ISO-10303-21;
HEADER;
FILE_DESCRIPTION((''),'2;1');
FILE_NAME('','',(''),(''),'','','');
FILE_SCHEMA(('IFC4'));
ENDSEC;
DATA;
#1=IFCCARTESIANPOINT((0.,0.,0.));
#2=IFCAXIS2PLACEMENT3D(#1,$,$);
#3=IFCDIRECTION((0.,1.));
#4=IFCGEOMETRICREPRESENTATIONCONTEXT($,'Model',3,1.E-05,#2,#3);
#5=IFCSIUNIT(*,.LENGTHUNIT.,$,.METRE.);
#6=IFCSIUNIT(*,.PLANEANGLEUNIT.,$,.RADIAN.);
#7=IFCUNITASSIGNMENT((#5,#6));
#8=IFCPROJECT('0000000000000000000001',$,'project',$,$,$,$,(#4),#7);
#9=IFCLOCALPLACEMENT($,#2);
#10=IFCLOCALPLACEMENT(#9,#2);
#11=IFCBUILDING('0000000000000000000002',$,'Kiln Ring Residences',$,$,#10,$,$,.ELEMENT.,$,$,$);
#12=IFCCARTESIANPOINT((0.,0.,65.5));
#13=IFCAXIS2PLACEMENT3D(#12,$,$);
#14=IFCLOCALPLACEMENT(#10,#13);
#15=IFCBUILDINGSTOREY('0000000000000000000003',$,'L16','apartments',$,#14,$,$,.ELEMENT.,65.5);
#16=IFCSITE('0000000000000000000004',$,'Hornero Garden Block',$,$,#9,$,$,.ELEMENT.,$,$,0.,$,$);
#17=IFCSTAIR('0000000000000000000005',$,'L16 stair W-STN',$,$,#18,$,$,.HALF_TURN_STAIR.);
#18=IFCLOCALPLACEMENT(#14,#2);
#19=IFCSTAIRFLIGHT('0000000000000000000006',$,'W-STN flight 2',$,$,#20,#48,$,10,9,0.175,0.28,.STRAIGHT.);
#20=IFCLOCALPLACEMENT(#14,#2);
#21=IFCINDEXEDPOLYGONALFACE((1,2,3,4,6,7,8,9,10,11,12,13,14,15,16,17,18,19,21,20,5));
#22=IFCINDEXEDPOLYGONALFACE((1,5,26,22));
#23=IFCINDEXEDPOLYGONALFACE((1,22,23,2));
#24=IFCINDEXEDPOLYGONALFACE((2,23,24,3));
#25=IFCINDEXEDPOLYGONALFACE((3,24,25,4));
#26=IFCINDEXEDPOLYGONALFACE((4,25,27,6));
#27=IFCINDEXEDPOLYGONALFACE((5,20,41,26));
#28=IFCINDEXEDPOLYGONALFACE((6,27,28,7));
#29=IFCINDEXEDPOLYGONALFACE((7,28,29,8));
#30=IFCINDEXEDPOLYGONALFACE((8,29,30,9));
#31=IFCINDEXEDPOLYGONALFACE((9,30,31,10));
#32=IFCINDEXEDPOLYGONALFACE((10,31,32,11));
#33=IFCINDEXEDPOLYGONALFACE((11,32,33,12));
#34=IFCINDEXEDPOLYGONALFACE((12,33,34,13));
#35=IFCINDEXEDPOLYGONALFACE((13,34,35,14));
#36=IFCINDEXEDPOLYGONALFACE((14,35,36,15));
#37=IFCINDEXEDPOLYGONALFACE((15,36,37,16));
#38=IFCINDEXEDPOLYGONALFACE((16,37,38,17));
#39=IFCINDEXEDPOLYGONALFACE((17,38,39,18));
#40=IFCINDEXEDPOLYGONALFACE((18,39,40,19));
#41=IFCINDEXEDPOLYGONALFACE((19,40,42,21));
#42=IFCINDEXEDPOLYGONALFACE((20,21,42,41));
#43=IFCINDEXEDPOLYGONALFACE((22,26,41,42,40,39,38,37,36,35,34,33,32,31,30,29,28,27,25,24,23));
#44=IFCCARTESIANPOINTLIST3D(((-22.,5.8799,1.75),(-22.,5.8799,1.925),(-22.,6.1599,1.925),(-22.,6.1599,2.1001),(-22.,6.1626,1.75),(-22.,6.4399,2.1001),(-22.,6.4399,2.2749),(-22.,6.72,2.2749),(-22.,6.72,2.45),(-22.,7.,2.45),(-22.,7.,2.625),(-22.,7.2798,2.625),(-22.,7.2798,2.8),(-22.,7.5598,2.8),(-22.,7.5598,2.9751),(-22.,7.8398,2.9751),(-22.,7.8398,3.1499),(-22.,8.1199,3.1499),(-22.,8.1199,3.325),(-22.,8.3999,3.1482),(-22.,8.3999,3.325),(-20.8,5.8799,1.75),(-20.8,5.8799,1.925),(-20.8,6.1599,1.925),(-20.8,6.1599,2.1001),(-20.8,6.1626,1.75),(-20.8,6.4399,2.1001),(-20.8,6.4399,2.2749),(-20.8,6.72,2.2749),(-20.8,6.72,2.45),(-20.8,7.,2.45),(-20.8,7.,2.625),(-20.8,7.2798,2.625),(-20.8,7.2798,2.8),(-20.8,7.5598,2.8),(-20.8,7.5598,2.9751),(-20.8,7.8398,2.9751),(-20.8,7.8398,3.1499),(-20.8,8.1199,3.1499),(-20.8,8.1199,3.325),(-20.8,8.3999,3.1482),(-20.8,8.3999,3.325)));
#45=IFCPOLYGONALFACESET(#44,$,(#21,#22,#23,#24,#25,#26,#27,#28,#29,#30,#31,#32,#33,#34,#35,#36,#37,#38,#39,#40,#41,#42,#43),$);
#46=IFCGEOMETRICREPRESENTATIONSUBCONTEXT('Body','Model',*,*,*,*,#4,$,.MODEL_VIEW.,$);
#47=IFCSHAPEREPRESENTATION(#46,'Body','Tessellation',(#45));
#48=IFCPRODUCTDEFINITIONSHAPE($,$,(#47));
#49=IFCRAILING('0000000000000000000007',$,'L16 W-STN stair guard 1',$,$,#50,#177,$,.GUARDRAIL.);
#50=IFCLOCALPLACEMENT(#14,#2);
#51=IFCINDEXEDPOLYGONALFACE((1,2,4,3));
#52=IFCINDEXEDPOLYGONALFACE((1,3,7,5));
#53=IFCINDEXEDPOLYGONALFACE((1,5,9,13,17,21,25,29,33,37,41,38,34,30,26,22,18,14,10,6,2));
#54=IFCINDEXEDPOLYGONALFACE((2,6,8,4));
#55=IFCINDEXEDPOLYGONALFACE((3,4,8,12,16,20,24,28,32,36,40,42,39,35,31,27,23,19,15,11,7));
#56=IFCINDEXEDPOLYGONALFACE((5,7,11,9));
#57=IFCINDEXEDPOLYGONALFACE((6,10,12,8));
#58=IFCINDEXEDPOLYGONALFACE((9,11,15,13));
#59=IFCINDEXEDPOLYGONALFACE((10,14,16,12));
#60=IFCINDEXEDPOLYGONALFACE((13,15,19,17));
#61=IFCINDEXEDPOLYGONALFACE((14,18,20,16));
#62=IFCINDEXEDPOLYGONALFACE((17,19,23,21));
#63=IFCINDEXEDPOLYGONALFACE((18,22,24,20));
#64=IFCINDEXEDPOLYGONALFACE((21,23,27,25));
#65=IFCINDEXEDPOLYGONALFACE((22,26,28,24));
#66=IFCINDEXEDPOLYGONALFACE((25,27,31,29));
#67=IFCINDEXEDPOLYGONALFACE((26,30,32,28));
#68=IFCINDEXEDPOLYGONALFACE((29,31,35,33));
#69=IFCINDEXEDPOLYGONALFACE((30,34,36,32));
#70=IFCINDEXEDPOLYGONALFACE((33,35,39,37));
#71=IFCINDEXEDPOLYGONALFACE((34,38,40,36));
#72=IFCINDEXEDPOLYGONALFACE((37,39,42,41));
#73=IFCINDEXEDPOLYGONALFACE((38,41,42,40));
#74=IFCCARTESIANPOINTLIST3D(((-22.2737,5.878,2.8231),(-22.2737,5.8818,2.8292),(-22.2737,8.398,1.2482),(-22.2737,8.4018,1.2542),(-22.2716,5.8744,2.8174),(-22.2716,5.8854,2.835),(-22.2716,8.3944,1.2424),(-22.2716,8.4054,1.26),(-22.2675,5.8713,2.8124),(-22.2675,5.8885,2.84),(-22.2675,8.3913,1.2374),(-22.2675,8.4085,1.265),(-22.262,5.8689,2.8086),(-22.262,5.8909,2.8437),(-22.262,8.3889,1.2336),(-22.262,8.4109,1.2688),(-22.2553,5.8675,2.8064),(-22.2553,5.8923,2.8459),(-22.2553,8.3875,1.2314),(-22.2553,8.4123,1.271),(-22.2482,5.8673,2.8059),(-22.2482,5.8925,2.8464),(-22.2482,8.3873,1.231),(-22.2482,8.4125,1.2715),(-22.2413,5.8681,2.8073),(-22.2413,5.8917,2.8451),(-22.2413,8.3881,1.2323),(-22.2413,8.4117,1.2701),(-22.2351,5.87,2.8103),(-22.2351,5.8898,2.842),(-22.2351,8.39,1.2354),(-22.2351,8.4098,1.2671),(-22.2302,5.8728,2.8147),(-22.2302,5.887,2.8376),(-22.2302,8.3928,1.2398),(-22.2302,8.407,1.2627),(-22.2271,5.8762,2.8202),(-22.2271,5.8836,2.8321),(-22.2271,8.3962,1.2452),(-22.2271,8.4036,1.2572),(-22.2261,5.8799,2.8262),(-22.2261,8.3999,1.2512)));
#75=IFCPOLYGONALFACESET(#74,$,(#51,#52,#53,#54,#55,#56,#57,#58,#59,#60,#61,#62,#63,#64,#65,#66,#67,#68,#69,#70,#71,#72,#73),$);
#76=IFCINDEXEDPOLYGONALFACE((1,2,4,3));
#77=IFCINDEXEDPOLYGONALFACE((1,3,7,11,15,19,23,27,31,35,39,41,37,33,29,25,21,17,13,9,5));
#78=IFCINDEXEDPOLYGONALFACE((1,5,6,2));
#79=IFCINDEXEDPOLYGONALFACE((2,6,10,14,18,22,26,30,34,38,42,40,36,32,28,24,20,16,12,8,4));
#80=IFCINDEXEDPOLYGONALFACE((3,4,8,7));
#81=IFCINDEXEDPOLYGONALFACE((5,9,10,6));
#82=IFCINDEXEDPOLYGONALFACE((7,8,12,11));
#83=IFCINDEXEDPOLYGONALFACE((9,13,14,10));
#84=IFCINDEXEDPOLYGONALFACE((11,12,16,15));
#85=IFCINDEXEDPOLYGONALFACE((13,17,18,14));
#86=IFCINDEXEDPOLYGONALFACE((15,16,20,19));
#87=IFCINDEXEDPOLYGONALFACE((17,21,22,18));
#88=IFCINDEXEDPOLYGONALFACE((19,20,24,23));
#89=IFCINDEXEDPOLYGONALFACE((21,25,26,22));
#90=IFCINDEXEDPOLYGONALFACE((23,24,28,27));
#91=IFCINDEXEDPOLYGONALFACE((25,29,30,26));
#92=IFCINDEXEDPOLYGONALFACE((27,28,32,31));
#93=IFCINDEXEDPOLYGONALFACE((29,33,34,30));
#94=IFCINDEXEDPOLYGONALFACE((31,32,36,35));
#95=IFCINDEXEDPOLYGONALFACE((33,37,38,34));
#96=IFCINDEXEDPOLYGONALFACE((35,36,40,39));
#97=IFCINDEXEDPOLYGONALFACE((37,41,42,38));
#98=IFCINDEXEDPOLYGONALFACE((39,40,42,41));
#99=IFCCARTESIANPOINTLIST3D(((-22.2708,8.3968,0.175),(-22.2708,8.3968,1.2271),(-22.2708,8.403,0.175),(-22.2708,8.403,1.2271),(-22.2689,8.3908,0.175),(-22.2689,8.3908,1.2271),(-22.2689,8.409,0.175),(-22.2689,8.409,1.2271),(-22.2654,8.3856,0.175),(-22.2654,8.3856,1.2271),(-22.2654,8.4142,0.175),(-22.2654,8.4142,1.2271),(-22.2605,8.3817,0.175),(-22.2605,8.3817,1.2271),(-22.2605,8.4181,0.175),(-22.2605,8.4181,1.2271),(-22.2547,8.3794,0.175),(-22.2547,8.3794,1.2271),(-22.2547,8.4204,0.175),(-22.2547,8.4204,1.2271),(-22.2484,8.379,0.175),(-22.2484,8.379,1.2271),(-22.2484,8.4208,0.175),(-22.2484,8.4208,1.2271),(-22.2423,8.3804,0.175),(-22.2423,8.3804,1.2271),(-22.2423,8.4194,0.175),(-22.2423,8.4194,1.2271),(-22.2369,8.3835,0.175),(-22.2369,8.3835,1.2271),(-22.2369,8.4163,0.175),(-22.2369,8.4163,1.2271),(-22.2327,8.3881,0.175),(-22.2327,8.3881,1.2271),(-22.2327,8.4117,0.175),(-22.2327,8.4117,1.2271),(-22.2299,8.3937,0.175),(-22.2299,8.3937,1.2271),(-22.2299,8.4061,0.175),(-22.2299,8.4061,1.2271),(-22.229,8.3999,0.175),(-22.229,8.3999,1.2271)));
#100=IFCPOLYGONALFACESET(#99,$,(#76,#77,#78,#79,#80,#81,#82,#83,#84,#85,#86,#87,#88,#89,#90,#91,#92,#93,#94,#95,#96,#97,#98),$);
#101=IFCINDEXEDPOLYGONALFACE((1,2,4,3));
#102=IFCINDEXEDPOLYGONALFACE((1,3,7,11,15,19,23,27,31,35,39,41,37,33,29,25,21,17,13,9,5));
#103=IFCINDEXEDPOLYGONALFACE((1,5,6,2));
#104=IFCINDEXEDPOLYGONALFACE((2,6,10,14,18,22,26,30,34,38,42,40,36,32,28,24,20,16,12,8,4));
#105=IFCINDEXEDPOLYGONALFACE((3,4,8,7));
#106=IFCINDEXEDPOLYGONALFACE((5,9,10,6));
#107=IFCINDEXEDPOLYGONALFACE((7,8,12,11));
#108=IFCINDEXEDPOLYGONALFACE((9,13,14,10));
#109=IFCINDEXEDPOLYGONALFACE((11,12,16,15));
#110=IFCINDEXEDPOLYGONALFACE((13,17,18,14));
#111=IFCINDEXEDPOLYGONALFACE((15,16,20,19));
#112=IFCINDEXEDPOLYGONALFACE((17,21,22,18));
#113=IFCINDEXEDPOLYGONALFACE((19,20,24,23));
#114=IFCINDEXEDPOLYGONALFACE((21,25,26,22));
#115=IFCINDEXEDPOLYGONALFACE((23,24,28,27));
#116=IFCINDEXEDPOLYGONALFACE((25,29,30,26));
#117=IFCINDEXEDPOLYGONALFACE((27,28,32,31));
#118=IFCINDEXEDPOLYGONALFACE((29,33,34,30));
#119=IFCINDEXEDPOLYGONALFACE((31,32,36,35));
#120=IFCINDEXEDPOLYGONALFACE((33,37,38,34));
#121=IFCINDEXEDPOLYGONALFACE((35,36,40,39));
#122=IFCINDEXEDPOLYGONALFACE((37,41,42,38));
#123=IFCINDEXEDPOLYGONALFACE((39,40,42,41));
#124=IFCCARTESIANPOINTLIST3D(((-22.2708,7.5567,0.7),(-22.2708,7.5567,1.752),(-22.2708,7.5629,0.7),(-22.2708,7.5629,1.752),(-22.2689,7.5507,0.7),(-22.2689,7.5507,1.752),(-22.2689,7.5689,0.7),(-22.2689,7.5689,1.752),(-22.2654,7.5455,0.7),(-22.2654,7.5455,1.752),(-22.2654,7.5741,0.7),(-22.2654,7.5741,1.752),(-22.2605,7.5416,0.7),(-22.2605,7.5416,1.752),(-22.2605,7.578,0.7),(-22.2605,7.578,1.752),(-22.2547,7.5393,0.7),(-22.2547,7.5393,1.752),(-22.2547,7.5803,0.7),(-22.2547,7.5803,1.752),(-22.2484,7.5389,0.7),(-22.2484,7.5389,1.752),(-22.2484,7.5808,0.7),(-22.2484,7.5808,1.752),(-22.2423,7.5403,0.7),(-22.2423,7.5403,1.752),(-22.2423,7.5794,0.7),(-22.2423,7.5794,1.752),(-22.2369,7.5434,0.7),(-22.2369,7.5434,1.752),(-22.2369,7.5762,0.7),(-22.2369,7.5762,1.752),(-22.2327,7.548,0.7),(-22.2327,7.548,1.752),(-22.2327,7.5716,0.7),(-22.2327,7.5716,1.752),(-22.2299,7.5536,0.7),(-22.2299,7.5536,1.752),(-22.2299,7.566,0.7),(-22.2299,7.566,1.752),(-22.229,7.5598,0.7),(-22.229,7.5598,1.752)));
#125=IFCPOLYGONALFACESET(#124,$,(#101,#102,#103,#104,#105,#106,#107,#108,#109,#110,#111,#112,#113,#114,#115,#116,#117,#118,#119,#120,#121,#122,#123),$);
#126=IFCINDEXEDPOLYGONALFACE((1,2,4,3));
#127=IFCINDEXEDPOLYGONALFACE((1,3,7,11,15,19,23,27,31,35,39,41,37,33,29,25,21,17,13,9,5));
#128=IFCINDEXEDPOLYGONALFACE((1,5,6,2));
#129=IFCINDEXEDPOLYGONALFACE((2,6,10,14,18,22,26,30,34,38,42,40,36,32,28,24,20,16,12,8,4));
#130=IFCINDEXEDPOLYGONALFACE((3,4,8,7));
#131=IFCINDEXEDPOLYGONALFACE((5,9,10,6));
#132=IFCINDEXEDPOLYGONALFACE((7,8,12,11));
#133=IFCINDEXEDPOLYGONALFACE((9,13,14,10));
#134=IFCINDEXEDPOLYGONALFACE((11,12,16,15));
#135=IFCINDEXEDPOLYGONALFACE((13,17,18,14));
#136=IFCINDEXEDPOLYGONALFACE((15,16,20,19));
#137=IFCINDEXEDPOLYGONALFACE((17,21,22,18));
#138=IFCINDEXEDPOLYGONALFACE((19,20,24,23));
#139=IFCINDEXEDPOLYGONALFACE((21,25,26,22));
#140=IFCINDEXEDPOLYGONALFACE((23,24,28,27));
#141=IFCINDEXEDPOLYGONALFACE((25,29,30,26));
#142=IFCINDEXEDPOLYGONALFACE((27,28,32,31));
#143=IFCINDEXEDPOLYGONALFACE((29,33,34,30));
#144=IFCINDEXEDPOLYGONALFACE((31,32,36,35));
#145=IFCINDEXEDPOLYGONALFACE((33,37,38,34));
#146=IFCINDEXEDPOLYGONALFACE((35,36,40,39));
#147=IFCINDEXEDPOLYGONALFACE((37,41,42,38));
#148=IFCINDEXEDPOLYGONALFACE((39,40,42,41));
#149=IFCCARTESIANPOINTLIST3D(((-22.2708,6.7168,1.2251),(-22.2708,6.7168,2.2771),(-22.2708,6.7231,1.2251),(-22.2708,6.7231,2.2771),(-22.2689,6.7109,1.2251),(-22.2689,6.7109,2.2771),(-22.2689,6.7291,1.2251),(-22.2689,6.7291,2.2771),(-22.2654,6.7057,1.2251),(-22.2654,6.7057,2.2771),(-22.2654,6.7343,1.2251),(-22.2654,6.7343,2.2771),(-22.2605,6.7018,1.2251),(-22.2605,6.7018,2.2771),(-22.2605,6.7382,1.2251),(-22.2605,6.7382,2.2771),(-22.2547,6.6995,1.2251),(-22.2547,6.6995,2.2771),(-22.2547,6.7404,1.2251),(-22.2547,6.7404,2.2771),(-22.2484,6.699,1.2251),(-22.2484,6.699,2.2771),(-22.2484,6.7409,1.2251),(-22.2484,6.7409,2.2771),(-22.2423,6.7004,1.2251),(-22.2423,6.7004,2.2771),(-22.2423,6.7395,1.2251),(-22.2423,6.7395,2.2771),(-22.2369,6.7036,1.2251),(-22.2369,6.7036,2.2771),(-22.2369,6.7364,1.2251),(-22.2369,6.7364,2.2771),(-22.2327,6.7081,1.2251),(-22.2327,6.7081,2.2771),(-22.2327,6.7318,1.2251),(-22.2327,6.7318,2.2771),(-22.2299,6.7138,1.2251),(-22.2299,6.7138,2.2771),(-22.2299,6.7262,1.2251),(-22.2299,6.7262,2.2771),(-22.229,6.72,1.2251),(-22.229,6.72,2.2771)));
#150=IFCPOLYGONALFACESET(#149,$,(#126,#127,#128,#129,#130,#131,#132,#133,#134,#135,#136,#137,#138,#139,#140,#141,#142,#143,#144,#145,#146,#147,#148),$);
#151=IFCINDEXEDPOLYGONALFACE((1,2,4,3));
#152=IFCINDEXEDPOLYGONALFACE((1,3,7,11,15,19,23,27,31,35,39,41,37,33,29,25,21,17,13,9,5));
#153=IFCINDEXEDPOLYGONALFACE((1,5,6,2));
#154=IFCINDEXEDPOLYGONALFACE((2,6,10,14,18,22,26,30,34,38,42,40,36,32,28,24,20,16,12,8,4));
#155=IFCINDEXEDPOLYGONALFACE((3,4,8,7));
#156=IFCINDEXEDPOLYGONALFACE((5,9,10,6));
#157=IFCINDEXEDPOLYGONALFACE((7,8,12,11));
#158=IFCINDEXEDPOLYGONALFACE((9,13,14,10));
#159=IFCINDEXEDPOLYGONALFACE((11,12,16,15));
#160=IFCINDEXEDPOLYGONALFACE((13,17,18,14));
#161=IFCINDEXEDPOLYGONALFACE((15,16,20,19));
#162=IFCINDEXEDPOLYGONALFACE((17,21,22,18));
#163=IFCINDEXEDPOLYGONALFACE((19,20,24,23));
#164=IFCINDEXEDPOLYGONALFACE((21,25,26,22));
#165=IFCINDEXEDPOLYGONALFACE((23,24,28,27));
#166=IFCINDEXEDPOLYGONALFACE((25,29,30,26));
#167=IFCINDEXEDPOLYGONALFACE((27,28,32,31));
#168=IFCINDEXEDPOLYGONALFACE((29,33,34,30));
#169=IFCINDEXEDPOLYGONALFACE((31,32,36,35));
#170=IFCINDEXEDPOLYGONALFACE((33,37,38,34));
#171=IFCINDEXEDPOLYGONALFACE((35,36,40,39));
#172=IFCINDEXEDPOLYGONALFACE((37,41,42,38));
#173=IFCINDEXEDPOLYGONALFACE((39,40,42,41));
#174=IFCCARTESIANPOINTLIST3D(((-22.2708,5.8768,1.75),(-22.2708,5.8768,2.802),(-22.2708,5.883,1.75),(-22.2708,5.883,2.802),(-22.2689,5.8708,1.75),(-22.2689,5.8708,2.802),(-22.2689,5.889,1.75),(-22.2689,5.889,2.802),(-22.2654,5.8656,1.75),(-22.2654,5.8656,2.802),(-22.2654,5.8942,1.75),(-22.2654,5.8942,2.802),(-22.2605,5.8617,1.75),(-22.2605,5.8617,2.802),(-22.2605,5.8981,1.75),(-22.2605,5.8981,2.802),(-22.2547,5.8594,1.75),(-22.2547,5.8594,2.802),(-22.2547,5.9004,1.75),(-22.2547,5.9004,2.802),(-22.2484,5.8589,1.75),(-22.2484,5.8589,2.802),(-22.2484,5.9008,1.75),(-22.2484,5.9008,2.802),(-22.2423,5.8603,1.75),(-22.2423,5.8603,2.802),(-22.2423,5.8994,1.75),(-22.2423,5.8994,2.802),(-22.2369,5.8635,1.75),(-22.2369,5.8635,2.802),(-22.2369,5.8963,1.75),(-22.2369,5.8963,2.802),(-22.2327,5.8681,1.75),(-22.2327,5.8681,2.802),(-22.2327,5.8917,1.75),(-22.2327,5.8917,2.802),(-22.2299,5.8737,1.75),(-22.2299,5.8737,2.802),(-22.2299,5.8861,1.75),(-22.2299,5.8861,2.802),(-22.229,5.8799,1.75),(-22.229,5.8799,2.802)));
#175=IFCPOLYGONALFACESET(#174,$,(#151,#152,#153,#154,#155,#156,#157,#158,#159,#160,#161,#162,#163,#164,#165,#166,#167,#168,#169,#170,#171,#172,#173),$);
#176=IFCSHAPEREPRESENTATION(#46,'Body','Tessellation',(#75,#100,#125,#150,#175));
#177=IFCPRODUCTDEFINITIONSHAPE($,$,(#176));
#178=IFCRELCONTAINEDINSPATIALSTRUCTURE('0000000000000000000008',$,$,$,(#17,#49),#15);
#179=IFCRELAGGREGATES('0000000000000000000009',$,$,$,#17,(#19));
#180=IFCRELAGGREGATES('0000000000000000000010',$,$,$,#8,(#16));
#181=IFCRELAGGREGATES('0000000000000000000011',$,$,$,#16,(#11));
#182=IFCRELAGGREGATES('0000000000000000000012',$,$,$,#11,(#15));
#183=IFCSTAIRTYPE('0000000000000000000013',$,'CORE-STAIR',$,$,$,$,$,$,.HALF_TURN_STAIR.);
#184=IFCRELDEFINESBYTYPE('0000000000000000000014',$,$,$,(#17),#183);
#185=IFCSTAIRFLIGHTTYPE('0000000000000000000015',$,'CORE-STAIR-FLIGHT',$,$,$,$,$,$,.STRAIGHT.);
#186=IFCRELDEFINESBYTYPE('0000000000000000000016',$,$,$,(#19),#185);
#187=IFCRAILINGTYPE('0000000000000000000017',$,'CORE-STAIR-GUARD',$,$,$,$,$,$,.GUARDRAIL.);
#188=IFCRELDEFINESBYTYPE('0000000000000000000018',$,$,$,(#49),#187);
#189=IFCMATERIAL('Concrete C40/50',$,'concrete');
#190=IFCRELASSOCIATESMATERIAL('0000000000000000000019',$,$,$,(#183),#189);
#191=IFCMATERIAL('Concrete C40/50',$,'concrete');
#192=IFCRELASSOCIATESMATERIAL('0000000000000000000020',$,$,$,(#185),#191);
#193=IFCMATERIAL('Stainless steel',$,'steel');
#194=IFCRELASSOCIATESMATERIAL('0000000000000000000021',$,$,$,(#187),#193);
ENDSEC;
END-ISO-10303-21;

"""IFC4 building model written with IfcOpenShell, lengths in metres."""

from ifc_helpers import new_model, si_unit, direction, frame, origin, origin_2d, place, context, subcontext, project, spatial, polyline, circle, outline, extrude, material, type_object, element, aggregate, save


model = new_model("IFC4")

# Units and contexts
model_context = context("Model", 3, precision=1e-05, world=origin(), true_north=direction((0.0, 1.0)))
body_context = subcontext(model_context, "Body", "Model", "MODEL_VIEW")
ifc_project = project(units=[si_unit("LENGTHUNIT", "METRE"), si_unit("PLANEANGLEUNIT", "RADIAN")], contexts=[model_context])

# Site, building, storey
site_placement = place(None, origin())
site = spatial("IfcSite", under=ifc_project, at=site_placement, Name="Hornero Garden Block", CompositionType="ELEMENT", RefElevation=0.0)
building_placement = place(site_placement, origin())
building = spatial("IfcBuilding", under=site, at=building_placement, Name="Kiln Ring Residences", CompositionType="ELEMENT")
storey_placement = place(building_placement, frame((0.0, 0.0, 65.5)))
storey = spatial("IfcBuildingStorey", under=building, at=storey_placement, Name="L16", Description="apartments", CompositionType="ELEMENT", Elevation=65.5)

# Stair, stair flight
ifc_material_1 = material(Name="Concrete C40/50", Category="concrete")
stair_type = type_object("IfcStairType", Name="CORE-STAIR", PredefinedType="HALF_TURN_STAIR", material=ifc_material_1)
stair_placement = place(storey_placement, origin())
stair = element("IfcStair", 1, at=stair_placement, inside=storey, type_object=stair_type, Name="L16 stair W-STN", PredefinedType="HALF_TURN_STAIR")
ifc_material_2 = material(Name="Concrete C40/50", Category="concrete")
stair_flight_type = type_object("IfcStairFlightType", Name="CORE-STAIR-FLIGHT", PredefinedType="STRAIGHT", material=ifc_material_2)
stair_flight_1_placement = place(storey_placement, frame((-21.3999, 5.8799, 1.75), z_axis=(0.0, 0.0, 1.0), x_axis=(0.0, 1.0, 0.0)))
stair_flight_1 = element("IfcStairFlight", 2, at=stair_flight_1_placement, type_object=stair_flight_type, Name="W-STN flight 2", NumberOfRisers=10, NumberOfTreads=9, PredefinedType="STRAIGHT", RiserHeight=0.175, TreadLength=0.28, context=body_context, shape_type="SweptSolid", body=[
    extrude(outline(polyline([(0.0, 0.0), (0.0, 0.175), (0.28, 0.175), (0.28, 0.3501), (0.5601, 0.3501), (0.5601, 0.5249), (0.8401, 0.5249), (0.8401, 0.7), (1.1201, 0.7), (1.1201, 0.875), (1.3999, 0.875), (1.3999, 1.05), (1.6799, 1.05), (1.6799, 1.2251), (1.96, 1.2251), (1.96, 1.3999), (2.24, 1.3999), (2.24, 1.575), (2.52, 1.575), (2.52, 1.75), (2.52, 1.3982), (0.2827, 0.0), (0.0, 0.0)])), frame((0.0, 0.6001, 0.0), z_axis=(0.0, -1.0, 0.0), x_axis=(1.0, 0.0, 0.0)), (0.0, 0.0, 1.0), 1.2),
])
aggregate(stair, [stair_flight_1])

# Railing
ifc_material_3 = material(Name="Stainless steel", Category="steel")
railing_type_1 = type_object("IfcRailingType", Name="CORE-STAIR-GUARD", PredefinedType="GUARDRAIL", material=ifc_material_3)
railing_1_placement = place(storey_placement, frame((-22.25, 8.3999, 0.175)))
element("IfcRailing", 3, at=railing_1_placement, inside=storey, type_object=railing_type_1, Name="L16 W-STN stair guard 1", PredefinedType="GUARDRAIL", context=body_context, shape_type="SweptSolid", body=[
    extrude(circle(Radius=0.0239, at=origin_2d()), frame((0.0, 0.0, 1.0762), z_axis=(0.0, -0.848008, 0.529984), x_axis=(1.0, 0.0, 0.0)), (0.0, 0.0, 1.0), 2.9717),
    extrude(circle(Radius=0.021, at=origin_2d()), origin(), (0.0, 0.0, 1.0), 1.052),
    extrude(circle(Radius=0.021, at=origin_2d()), frame((0.0, -0.8401, 0.5249)), (0.0, 0.0, 1.0), 1.052),
    extrude(circle(Radius=0.021, at=origin_2d()), frame((0.0, -1.6799, 1.05)), (0.0, 0.0, 1.0), 1.052),
    extrude(circle(Radius=0.021, at=origin_2d()), frame((0.0, -2.52, 1.575)), (0.0, 0.0, 1.0), 1.052),
])

save(model, "model.ifc")
